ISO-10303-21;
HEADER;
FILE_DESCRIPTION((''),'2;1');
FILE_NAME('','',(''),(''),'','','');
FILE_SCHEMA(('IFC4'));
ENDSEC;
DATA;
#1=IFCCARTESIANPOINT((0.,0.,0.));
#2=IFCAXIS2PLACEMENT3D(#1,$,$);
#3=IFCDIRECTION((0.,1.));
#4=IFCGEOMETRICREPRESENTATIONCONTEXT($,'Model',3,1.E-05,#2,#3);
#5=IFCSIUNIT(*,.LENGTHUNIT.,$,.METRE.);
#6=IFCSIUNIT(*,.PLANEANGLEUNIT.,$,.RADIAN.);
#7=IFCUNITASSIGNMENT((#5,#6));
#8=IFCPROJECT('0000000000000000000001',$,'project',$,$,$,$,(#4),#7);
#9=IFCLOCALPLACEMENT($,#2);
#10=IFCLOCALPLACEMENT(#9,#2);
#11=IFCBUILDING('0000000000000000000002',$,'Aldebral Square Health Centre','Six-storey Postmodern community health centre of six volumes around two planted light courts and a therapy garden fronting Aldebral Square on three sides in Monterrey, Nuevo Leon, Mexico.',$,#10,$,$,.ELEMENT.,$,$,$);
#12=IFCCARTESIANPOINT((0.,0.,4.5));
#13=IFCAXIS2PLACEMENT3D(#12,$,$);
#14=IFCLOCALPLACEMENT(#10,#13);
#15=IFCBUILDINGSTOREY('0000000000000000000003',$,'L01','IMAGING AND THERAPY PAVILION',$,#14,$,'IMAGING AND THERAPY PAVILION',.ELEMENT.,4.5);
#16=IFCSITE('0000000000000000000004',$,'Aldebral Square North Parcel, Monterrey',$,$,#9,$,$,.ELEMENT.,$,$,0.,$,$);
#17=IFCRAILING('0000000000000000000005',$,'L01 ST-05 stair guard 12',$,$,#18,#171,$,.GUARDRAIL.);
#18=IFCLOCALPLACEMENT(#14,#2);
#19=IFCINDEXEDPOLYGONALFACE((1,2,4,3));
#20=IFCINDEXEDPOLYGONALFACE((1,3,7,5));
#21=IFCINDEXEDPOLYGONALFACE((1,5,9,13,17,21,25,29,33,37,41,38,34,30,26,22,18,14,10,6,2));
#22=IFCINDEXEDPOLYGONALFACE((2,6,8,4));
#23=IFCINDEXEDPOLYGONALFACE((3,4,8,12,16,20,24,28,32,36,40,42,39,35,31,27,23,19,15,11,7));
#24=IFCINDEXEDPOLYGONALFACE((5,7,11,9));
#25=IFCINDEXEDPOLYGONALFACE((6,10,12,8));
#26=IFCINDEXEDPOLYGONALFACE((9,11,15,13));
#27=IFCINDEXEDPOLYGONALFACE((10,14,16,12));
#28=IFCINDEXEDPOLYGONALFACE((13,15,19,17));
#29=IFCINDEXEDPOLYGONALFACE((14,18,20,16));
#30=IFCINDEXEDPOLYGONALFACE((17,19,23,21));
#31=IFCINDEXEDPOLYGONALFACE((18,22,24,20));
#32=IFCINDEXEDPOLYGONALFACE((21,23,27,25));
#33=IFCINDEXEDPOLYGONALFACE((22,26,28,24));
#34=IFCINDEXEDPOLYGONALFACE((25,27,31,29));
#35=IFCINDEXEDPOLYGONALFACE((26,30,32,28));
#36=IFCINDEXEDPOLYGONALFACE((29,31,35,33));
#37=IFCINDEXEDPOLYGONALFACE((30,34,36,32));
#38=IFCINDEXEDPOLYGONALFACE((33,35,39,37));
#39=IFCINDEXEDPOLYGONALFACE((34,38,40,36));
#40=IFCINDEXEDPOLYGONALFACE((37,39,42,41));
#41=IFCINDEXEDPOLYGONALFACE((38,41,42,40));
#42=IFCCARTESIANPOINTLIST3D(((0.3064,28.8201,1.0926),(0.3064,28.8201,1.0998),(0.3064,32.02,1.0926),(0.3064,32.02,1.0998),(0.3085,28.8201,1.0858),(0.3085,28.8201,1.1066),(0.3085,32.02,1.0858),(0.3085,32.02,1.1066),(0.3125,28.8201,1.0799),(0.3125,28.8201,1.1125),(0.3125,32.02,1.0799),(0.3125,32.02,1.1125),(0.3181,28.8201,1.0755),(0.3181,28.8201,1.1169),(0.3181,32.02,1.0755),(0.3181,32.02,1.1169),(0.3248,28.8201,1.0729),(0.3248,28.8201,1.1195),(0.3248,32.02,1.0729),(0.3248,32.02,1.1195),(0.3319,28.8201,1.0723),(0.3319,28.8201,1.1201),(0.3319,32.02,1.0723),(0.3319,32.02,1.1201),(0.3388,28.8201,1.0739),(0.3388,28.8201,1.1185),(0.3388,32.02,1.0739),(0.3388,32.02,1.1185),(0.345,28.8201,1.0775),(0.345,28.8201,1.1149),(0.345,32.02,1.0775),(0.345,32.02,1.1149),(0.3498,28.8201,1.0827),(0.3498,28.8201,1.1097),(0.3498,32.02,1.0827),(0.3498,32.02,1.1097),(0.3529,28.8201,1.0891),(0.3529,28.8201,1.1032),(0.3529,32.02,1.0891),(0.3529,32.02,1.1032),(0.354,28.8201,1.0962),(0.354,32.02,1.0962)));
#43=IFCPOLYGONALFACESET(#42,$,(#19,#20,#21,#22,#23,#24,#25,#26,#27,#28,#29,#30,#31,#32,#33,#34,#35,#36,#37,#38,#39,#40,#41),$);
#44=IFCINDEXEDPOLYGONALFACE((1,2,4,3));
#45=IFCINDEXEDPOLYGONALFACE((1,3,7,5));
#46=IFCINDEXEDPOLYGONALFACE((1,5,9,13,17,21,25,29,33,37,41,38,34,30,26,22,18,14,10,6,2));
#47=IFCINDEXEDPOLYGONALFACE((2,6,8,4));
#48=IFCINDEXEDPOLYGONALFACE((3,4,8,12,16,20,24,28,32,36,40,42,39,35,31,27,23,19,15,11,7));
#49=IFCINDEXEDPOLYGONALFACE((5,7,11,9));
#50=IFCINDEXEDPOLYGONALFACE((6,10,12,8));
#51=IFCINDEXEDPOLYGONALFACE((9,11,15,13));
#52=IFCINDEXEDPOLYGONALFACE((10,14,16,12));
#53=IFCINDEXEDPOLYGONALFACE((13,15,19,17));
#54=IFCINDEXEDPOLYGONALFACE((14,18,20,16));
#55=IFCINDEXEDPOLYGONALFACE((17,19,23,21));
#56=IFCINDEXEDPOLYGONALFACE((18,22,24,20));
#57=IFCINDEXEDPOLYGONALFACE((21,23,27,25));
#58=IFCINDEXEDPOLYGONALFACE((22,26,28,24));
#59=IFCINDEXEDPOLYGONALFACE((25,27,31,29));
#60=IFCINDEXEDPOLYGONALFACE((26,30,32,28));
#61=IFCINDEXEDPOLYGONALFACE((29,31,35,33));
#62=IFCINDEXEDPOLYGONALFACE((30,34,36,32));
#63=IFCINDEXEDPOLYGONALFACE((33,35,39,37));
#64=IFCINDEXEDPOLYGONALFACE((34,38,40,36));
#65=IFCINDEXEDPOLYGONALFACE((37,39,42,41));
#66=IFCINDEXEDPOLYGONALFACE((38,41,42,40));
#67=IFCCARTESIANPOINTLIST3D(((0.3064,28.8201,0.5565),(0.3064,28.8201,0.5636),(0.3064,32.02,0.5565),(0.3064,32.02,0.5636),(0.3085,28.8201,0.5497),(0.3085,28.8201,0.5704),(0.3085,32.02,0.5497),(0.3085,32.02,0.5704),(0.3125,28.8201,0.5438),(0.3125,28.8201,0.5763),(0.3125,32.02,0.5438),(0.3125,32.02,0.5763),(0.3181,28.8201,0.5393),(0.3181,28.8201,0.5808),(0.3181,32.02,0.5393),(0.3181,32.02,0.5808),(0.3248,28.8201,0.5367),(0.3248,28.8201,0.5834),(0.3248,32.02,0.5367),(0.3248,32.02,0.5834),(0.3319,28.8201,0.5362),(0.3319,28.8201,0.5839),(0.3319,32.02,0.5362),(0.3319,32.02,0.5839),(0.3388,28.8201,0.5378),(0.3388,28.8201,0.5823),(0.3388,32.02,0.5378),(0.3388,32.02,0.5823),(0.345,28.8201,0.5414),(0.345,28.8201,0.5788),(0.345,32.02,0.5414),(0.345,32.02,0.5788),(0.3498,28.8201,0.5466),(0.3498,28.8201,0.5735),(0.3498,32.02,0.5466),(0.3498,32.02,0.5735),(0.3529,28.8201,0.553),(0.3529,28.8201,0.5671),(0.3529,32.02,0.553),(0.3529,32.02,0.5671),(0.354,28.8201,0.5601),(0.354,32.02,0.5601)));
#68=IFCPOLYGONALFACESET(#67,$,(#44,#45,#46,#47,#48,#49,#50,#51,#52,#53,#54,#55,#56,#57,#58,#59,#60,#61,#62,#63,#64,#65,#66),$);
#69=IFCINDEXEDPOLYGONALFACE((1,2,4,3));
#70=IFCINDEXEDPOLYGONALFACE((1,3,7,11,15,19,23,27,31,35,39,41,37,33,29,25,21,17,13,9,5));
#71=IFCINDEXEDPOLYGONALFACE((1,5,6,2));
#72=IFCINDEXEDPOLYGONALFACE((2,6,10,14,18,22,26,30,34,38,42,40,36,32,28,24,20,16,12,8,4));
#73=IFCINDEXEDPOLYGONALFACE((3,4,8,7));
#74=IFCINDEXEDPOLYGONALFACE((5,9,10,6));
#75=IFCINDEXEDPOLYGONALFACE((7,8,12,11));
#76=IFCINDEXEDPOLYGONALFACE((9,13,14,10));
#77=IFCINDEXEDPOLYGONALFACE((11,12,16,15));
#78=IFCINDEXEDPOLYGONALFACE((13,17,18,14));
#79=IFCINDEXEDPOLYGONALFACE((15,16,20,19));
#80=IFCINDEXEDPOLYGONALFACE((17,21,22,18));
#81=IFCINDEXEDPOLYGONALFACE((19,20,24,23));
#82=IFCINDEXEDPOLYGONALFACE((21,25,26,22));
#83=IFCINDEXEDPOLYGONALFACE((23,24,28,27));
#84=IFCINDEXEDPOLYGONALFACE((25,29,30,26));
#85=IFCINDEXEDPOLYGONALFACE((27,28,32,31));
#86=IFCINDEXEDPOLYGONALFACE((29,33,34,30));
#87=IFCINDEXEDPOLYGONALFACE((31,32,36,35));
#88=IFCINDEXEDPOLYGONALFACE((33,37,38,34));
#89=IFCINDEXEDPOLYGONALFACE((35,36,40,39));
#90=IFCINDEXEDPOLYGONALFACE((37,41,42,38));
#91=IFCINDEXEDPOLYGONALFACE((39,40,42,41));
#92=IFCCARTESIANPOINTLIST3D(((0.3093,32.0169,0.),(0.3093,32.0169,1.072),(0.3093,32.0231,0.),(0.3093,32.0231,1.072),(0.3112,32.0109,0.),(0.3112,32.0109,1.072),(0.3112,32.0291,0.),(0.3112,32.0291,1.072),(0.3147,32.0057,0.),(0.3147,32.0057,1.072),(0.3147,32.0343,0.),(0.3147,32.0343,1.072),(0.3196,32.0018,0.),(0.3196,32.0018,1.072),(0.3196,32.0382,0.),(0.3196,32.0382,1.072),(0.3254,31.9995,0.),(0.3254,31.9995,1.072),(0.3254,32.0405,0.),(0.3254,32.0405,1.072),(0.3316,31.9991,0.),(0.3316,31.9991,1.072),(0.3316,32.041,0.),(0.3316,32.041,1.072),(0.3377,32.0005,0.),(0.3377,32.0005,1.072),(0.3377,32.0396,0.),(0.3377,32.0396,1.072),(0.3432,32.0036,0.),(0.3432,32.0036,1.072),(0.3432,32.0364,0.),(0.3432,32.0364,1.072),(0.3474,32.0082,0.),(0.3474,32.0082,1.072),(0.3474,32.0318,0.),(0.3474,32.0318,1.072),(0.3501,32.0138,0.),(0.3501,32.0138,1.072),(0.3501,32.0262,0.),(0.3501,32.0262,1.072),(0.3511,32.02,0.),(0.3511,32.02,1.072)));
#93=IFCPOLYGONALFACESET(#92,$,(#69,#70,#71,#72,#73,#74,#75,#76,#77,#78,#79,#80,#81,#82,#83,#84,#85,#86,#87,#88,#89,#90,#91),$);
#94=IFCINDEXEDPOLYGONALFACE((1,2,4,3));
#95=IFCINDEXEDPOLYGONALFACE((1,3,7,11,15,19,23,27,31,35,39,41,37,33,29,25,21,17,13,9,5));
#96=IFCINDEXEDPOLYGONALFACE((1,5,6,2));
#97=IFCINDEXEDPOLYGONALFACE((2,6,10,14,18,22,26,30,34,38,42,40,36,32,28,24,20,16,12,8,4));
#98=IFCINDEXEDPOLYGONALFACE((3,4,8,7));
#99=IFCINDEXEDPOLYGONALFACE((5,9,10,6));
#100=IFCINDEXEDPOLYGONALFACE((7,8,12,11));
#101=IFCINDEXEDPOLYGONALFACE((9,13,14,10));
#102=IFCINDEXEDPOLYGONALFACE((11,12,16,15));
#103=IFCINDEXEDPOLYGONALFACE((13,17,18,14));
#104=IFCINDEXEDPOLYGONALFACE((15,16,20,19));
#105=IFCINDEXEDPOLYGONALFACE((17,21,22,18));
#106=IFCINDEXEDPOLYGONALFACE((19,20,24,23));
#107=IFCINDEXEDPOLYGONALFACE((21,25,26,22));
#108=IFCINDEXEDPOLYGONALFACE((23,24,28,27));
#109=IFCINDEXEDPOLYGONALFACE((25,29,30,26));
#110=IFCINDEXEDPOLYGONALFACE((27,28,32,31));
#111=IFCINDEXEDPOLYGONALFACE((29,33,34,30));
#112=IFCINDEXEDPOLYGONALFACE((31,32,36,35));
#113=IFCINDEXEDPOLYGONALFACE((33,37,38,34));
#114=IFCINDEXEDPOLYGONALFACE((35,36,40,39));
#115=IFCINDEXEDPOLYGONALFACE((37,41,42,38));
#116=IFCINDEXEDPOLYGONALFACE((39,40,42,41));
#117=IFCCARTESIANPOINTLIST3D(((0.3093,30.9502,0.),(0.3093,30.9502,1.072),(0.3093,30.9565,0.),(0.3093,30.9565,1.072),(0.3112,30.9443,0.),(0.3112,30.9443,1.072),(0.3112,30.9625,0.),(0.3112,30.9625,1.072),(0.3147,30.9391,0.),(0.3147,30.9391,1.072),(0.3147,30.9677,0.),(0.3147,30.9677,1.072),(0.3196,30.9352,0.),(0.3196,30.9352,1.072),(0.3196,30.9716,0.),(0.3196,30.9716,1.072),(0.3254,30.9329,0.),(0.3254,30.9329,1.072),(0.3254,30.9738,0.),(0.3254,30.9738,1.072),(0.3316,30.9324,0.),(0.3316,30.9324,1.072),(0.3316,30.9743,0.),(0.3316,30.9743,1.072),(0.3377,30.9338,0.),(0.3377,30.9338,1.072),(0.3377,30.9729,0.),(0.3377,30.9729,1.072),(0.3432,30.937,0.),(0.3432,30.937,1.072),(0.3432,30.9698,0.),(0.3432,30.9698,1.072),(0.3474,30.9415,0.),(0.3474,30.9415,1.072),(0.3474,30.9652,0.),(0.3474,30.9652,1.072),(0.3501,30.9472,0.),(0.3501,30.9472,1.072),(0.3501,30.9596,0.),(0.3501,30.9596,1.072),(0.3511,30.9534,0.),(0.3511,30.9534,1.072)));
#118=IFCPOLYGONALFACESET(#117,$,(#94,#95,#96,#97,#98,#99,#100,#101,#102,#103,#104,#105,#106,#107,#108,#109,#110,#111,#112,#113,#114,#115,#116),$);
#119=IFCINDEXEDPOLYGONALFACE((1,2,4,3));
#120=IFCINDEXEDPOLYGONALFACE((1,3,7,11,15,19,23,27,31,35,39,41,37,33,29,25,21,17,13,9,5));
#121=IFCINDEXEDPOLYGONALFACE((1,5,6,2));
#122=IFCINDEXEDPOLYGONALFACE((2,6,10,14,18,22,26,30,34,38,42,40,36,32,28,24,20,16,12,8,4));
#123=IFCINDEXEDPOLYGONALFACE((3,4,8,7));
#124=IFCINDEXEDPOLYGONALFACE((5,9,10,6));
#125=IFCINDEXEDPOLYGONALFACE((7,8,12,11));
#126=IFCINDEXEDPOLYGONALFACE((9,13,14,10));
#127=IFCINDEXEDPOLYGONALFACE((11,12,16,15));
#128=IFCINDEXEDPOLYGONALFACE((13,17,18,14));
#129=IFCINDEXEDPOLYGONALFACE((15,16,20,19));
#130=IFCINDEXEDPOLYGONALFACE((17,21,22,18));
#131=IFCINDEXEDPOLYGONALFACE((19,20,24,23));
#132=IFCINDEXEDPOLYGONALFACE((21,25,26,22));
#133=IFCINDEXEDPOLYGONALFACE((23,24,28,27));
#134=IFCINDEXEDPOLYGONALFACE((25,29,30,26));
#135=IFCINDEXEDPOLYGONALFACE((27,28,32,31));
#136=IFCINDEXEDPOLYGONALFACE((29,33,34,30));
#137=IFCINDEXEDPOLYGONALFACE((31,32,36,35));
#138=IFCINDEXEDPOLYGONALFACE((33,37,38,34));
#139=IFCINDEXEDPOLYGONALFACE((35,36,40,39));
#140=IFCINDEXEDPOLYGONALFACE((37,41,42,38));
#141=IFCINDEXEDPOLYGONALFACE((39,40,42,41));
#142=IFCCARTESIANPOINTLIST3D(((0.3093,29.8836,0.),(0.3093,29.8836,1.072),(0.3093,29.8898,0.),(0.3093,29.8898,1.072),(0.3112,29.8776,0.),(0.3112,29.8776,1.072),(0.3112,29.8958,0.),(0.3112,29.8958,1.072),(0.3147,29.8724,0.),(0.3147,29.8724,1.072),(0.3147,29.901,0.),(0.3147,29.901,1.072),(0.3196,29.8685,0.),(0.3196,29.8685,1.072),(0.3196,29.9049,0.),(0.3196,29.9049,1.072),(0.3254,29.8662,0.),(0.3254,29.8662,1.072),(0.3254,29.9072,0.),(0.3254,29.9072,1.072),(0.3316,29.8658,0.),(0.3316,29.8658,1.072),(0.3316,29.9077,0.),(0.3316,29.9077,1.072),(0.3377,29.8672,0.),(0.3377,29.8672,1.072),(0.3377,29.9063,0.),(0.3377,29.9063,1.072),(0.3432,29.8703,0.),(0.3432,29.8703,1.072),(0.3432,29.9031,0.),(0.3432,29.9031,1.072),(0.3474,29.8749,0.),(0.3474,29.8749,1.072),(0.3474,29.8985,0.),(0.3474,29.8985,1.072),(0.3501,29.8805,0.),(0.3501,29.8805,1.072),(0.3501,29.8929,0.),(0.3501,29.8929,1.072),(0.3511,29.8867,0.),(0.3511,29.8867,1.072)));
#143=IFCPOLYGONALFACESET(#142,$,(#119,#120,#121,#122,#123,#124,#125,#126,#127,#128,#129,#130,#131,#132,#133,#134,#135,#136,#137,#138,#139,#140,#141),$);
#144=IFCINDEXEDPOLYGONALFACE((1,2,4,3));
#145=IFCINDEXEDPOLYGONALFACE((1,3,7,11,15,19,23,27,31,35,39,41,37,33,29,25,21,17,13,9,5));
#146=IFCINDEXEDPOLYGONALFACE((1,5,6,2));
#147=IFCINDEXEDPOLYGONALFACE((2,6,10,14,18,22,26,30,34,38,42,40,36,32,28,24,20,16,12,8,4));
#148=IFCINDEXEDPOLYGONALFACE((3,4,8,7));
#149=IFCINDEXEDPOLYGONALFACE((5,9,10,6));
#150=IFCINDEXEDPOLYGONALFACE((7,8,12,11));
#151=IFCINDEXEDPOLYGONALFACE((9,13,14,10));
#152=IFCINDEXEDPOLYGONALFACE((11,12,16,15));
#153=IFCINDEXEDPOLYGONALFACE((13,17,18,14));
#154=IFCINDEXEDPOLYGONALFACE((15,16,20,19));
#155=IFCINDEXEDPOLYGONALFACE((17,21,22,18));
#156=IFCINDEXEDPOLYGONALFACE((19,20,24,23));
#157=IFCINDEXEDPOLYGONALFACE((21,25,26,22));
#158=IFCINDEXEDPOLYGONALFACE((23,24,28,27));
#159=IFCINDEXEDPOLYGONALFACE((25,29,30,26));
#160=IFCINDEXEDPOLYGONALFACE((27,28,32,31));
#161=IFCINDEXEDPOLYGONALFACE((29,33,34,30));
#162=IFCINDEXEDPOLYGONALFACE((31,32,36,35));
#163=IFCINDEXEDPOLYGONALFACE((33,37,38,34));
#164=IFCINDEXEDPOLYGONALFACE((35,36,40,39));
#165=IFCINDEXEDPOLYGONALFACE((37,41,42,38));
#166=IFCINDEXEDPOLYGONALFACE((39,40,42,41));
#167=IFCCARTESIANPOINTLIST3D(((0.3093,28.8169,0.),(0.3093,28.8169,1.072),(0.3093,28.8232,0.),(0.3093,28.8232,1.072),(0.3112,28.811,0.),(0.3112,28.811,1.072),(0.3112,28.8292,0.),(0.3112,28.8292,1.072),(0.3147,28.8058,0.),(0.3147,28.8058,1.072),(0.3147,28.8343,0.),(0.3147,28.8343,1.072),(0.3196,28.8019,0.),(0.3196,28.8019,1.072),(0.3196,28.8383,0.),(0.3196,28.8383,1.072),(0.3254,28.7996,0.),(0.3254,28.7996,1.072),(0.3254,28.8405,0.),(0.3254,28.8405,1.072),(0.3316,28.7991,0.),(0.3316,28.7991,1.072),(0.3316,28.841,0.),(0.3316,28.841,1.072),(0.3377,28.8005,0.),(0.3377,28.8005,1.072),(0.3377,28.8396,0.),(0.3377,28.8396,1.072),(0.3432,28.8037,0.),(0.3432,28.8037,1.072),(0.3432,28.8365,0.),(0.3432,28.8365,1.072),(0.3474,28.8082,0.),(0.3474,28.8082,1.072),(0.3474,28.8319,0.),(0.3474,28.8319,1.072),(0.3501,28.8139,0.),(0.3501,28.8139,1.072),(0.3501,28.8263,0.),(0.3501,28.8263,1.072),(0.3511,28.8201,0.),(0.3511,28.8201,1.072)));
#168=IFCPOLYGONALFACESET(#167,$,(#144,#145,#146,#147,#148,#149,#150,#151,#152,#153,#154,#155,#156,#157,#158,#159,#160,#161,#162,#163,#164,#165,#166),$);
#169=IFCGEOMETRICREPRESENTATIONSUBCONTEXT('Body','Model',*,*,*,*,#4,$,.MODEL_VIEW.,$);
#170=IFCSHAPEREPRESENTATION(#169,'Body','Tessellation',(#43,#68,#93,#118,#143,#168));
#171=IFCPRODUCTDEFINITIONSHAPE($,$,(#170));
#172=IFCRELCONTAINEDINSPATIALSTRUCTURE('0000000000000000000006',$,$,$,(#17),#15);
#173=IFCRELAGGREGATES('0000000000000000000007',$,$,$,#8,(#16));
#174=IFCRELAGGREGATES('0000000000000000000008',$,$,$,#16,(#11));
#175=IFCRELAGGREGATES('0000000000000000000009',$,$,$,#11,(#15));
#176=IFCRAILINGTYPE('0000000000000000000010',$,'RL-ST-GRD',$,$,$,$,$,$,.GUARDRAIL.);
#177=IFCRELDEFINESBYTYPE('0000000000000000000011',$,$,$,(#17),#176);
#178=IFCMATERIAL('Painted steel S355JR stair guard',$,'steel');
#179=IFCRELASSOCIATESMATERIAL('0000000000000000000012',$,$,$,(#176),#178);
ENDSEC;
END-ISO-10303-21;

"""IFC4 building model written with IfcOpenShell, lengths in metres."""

from ifc_helpers import new_model, si_unit, direction, frame, origin, origin_2d, place, context, subcontext, project, spatial, circle, extrude, material, type_object, element, save


model = new_model("IFC4")

# Units and contexts
model_context = context("Model", 3, precision=1e-05, world=origin(), true_north=direction((0.0, 1.0)))
body_context = subcontext(model_context, "Body", "Model", "MODEL_VIEW")
ifc_project = project(units=[si_unit("LENGTHUNIT", "METRE"), si_unit("PLANEANGLEUNIT", "RADIAN")], contexts=[model_context])

# Site, building, storey
site_placement = place(None, origin())
site = spatial("IfcSite", under=ifc_project, at=site_placement, Name="Aldebral Square North Parcel, Monterrey", CompositionType="ELEMENT", RefElevation=0.0)
building_placement = place(site_placement, origin())
building = spatial("IfcBuilding", under=site, at=building_placement, Name="Aldebral Square Health Centre", Description="Six-storey Postmodern community health centre of six volumes around two planted light courts and a therapy garden fronting Aldebral Square on three sides in Monterrey, Nuevo Leon, Mexico.", CompositionType="ELEMENT")
storey_placement = place(building_placement, frame((0.0, 0.0, 4.5)))
storey = spatial("IfcBuildingStorey", under=building, at=storey_placement, Name="L01", Description="IMAGING AND THERAPY PAVILION", LongName="IMAGING AND THERAPY PAVILION", CompositionType="ELEMENT", Elevation=4.5)

# Railing
ifc_material_1 = material(Name="Painted steel S355JR stair guard", Category="steel")
railing_type_1 = type_object("IfcRailingType", Name="RL-ST-GRD", PredefinedType="GUARDRAIL", material=ifc_material_1)
railing_1_placement = place(storey_placement, frame((0.3301, 32.02, 0.0)))
element("IfcRailing", 1, at=railing_1_placement, inside=storey, type_object=railing_type_1, Name="L01 ST-05 stair guard 12", PredefinedType="GUARDRAIL", context=body_context, shape_type="SweptSolid", body=[
    extrude(circle(Radius=0.0239, at=origin_2d()), frame((0.0, 0.0, 1.0962), z_axis=(0.0, -1.0, 0.0), x_axis=(1.0, 0.0, 0.0)), (0.0, 0.0, 1.0), 3.2),
    extrude(circle(Radius=0.0239, at=origin_2d()), frame((0.0, 0.0, 0.5601), z_axis=(0.0, -1.0, 0.0), x_axis=(1.0, 0.0, 0.0)), (0.0, 0.0, 1.0), 3.2),
    extrude(circle(Radius=0.021, at=origin_2d()), origin(), (0.0, 0.0, 1.0), 1.072),
    extrude(circle(Radius=0.021, at=origin_2d()), frame((0.0, -1.0667, 0.0)), (0.0, 0.0, 1.0), 1.072),
    extrude(circle(Radius=0.021, at=origin_2d()), frame((0.0, -2.1333, 0.0)), (0.0, 0.0, 1.0), 1.072),
    extrude(circle(Radius=0.021, at=origin_2d()), frame((0.0, -3.2, 0.0)), (0.0, 0.0, 1.0), 1.072),
])

save(model, "model.ifc")
